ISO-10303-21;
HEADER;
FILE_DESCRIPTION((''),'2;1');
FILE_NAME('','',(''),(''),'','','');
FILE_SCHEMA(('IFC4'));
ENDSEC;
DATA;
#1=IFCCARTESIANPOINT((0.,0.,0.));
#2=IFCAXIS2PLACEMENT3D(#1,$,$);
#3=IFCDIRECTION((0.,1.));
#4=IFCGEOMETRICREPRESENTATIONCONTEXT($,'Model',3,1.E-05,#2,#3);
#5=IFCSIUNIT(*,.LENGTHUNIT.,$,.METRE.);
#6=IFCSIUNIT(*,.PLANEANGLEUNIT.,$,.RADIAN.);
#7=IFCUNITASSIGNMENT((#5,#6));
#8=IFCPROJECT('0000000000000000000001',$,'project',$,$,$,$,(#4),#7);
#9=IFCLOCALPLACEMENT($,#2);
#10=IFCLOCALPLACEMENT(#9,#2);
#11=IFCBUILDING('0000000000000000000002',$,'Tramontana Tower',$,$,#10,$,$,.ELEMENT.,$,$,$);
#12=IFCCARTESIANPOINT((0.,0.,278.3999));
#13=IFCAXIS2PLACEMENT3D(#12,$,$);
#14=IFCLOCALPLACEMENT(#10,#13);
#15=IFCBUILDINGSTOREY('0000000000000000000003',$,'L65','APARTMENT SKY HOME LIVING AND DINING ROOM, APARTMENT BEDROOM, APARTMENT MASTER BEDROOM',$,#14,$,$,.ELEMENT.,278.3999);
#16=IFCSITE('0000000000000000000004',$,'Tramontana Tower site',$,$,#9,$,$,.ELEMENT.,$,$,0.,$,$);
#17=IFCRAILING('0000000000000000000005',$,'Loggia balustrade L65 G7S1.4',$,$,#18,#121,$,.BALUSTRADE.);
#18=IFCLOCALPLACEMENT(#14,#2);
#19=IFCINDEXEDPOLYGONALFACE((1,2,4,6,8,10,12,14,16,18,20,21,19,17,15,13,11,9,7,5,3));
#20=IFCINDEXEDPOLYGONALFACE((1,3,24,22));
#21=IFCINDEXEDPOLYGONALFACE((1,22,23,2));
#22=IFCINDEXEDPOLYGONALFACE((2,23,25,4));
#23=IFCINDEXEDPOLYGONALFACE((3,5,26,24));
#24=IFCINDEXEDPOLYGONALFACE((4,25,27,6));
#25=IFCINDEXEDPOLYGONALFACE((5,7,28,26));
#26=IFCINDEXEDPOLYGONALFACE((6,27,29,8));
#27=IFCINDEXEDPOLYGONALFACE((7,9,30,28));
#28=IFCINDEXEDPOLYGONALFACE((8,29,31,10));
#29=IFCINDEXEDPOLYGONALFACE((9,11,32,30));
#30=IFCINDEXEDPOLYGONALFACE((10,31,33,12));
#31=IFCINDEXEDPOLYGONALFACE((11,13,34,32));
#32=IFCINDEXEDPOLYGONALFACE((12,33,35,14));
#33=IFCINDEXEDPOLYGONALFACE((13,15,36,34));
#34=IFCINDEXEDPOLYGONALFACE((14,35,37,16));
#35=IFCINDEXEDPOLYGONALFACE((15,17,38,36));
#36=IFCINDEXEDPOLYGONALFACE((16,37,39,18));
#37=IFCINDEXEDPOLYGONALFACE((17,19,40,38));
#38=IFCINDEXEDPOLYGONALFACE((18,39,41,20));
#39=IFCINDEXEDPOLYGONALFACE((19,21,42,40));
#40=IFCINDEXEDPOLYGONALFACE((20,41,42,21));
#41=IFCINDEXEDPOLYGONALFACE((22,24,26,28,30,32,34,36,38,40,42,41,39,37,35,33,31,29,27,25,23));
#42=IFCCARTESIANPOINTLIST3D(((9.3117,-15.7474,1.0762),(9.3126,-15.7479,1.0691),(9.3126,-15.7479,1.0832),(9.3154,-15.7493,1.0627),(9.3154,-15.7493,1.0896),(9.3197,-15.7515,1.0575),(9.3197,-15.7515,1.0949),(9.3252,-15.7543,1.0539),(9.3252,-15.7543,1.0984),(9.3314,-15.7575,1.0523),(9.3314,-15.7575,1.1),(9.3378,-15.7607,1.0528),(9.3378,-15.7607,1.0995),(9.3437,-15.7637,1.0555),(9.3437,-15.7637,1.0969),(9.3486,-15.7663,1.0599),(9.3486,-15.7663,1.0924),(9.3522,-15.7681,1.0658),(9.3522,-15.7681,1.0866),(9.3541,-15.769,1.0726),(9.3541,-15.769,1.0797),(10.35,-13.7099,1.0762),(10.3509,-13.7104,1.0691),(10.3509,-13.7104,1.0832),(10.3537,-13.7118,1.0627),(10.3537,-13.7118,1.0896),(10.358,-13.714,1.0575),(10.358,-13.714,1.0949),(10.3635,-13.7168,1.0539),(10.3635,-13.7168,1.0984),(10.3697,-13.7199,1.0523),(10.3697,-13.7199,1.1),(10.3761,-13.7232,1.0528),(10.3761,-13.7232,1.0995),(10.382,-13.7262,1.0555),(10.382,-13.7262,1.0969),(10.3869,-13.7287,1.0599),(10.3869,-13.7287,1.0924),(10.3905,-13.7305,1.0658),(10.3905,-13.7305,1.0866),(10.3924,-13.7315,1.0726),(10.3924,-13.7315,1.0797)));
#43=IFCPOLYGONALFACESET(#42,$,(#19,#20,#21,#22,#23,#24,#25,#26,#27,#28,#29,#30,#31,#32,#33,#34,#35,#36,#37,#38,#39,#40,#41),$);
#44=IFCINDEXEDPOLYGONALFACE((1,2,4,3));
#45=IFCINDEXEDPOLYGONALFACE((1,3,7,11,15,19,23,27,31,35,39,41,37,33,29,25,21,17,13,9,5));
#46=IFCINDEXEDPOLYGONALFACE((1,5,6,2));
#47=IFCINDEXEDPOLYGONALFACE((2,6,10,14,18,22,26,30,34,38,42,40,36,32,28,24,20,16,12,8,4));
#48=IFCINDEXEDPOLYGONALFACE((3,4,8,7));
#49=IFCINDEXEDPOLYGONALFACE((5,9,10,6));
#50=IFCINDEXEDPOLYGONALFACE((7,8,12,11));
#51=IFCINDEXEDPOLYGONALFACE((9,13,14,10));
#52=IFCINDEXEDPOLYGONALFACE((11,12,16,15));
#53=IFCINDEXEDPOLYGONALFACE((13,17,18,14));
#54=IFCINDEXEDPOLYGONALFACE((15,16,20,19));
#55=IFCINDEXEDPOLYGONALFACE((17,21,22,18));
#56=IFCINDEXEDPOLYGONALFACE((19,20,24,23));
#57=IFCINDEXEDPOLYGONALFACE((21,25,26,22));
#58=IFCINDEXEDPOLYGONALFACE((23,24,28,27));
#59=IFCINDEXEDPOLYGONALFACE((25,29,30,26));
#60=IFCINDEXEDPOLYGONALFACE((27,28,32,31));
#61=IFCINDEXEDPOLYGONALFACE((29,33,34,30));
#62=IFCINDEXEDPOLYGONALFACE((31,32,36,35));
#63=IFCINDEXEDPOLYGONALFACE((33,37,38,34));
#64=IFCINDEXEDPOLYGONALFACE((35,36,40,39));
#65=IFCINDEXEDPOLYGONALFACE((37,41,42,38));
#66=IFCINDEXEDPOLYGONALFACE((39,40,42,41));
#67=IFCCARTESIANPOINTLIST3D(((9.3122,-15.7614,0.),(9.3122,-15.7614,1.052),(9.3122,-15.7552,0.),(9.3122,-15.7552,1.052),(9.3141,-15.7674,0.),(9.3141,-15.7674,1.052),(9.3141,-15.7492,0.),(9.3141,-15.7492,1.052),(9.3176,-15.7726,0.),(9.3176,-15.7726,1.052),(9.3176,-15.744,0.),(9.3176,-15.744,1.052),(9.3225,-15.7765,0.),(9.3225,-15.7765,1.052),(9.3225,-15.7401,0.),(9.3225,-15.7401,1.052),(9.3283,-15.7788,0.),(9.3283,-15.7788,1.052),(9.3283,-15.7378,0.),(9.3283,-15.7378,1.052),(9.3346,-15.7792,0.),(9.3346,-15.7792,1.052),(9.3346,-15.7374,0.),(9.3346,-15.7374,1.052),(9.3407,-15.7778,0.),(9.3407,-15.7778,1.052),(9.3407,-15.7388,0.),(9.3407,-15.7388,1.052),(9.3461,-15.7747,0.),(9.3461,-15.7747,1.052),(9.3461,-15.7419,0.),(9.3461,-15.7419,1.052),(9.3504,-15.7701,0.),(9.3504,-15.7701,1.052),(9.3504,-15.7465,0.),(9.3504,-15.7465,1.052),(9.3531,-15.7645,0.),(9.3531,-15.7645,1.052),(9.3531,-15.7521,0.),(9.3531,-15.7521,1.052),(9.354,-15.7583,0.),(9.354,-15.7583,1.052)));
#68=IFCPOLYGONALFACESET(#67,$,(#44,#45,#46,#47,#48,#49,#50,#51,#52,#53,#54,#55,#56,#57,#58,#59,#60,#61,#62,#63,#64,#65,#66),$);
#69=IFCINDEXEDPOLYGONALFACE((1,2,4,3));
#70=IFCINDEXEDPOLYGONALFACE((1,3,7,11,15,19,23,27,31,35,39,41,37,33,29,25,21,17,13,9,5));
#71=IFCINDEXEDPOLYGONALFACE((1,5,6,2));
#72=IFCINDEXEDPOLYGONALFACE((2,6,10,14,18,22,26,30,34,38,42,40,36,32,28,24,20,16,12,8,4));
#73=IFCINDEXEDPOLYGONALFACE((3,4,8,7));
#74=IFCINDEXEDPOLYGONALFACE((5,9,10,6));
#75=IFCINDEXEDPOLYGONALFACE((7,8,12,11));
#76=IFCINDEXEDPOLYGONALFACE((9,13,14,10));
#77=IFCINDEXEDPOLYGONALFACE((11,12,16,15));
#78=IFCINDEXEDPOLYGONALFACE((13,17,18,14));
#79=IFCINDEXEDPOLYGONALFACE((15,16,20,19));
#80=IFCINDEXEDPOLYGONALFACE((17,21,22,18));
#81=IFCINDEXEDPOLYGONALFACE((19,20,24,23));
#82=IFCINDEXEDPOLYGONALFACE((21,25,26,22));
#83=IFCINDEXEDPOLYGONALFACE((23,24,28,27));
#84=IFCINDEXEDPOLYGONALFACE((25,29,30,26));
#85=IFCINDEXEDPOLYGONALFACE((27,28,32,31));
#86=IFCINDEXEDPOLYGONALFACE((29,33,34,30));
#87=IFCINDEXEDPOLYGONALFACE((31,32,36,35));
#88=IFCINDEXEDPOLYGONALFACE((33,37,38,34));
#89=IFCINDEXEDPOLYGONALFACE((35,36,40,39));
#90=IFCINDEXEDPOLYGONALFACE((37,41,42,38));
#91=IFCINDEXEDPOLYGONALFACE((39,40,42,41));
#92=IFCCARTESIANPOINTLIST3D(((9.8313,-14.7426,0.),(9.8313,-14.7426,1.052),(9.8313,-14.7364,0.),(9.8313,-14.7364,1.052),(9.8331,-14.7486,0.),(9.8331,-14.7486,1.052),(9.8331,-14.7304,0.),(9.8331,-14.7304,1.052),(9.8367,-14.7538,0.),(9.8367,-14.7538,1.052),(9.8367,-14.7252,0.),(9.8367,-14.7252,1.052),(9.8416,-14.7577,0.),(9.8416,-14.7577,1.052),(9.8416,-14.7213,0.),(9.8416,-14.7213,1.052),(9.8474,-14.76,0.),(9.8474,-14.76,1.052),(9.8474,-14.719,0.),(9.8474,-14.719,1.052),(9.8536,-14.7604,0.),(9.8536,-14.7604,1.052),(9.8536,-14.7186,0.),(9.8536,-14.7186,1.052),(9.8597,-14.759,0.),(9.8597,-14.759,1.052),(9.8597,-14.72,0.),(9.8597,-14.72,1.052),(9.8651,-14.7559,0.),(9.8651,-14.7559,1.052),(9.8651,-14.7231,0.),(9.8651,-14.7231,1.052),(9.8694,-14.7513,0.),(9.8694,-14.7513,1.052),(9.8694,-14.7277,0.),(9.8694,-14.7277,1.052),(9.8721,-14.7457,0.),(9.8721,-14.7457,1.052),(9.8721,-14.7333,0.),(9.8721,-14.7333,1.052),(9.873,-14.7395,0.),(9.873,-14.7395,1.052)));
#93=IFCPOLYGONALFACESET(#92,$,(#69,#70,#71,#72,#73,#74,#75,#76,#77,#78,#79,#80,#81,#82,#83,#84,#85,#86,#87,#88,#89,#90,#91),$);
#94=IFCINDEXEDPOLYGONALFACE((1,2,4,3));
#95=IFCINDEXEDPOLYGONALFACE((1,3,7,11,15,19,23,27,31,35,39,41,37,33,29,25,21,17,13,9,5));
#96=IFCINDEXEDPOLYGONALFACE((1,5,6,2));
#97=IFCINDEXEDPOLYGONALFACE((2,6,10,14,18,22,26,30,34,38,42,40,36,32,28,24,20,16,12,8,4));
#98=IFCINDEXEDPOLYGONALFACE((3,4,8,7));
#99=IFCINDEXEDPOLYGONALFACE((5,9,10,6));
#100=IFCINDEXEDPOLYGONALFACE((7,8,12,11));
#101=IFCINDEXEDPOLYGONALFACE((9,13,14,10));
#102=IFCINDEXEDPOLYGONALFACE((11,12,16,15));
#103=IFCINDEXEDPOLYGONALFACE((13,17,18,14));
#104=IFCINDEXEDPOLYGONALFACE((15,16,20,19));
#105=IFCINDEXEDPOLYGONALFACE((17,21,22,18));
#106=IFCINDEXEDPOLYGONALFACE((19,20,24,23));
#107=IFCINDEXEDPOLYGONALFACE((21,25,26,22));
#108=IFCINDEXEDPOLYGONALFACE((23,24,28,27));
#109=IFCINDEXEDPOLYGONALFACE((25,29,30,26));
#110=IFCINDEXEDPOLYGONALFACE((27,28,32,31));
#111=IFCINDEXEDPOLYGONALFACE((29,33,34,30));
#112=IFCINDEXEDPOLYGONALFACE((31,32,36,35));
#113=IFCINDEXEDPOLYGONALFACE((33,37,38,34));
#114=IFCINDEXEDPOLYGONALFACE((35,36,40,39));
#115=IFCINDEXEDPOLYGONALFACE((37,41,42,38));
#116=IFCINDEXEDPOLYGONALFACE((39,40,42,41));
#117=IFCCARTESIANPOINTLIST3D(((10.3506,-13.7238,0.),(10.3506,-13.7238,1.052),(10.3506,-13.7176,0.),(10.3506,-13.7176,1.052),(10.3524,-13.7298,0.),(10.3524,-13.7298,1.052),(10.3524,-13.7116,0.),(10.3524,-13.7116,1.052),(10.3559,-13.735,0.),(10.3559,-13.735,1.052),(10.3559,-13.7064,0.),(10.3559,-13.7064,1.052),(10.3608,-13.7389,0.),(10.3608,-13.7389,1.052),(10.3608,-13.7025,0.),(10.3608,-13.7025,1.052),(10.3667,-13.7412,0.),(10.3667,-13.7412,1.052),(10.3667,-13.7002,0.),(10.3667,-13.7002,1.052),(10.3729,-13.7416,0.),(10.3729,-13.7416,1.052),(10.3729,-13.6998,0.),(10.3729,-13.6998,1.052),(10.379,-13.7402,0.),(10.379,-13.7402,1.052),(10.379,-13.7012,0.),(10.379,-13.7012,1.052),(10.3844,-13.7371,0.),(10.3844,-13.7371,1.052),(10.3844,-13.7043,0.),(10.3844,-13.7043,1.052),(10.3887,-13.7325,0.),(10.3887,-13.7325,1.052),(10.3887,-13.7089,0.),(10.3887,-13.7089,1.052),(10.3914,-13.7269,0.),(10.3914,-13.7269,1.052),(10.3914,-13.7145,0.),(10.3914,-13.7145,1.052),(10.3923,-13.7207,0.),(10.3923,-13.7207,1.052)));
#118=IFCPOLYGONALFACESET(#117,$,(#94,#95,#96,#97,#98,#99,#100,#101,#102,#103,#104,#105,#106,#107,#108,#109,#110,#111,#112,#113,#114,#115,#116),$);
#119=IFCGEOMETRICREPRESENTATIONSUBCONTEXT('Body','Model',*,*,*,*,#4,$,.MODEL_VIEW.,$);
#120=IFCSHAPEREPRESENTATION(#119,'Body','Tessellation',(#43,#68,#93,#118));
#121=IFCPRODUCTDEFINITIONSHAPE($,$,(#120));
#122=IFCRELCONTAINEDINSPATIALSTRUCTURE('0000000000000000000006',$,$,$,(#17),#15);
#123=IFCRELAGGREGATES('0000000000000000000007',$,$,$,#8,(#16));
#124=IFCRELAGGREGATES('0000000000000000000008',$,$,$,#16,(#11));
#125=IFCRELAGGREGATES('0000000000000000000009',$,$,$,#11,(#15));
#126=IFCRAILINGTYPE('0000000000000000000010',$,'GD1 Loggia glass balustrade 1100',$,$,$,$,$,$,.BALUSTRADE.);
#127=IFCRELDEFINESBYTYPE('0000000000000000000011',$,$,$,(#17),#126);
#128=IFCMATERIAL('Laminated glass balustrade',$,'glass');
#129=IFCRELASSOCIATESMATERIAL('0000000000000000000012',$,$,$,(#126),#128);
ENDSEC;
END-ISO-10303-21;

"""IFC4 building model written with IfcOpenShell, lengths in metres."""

from ifc_helpers import new_model, si_unit, direction, frame, origin, origin_2d, place, context, subcontext, project, spatial, circle, extrude, material, type_object, element, save


model = new_model("IFC4")

# Units and contexts
model_context = context("Model", 3, precision=1e-05, world=origin(), true_north=direction((0.0, 1.0)))
body_context = subcontext(model_context, "Body", "Model", "MODEL_VIEW")
ifc_project = project(units=[si_unit("LENGTHUNIT", "METRE"), si_unit("PLANEANGLEUNIT", "RADIAN")], contexts=[model_context])

# Site, building, storey
site_placement = place(None, origin())
site = spatial("IfcSite", under=ifc_project, at=site_placement, Name="Tramontana Tower site", CompositionType="ELEMENT", RefElevation=0.0)
building_placement = place(site_placement, origin())
building = spatial("IfcBuilding", under=site, at=building_placement, Name="Tramontana Tower", CompositionType="ELEMENT")
storey_placement = place(building_placement, frame((0.0, 0.0, 278.3999)))
storey = spatial("IfcBuildingStorey", under=building, at=storey_placement, Name="L65", Description="APARTMENT SKY HOME LIVING AND DINING ROOM, APARTMENT BEDROOM, APARTMENT MASTER BEDROOM", CompositionType="ELEMENT", Elevation=278.3999)

# Railing
ifc_material_1 = material(Name="Laminated glass balustrade", Category="glass")
railing_type = type_object("IfcRailingType", Name="GD1 Loggia glass balustrade 1100", PredefinedType="BALUSTRADE", material=ifc_material_1)
railing_1_placement = place(storey_placement, frame((9.333, -15.7583, 0.0)))
element("IfcRailing", 1, at=railing_1_placement, inside=storey, type_object=railing_type, Name="Loggia balustrade L65 G7S1.4", PredefinedType="BALUSTRADE", context=body_context, shape_type="SweptSolid", body=[
    extrude(circle(Radius=0.0239, at=origin_2d()), frame((0.0, 0.0, 1.0762), z_axis=(0.454033, 0.890985, 0.0), x_axis=(-0.890985, 0.454033, 0.0)), (0.0, 0.0, 1.0), 2.2869),
    extrude(circle(Radius=0.021, at=origin_2d()), origin(), (0.0, 0.0, 1.0), 1.052),
    extrude(circle(Radius=0.021, at=origin_2d()), frame((0.519, 1.0188, 0.0)), (0.0, 0.0, 1.0), 1.052),
    extrude(circle(Radius=0.021, at=origin_2d()), frame((1.0383, 2.0376, 0.0)), (0.0, 0.0, 1.0), 1.052),
])

save(model, "model.ifc")
